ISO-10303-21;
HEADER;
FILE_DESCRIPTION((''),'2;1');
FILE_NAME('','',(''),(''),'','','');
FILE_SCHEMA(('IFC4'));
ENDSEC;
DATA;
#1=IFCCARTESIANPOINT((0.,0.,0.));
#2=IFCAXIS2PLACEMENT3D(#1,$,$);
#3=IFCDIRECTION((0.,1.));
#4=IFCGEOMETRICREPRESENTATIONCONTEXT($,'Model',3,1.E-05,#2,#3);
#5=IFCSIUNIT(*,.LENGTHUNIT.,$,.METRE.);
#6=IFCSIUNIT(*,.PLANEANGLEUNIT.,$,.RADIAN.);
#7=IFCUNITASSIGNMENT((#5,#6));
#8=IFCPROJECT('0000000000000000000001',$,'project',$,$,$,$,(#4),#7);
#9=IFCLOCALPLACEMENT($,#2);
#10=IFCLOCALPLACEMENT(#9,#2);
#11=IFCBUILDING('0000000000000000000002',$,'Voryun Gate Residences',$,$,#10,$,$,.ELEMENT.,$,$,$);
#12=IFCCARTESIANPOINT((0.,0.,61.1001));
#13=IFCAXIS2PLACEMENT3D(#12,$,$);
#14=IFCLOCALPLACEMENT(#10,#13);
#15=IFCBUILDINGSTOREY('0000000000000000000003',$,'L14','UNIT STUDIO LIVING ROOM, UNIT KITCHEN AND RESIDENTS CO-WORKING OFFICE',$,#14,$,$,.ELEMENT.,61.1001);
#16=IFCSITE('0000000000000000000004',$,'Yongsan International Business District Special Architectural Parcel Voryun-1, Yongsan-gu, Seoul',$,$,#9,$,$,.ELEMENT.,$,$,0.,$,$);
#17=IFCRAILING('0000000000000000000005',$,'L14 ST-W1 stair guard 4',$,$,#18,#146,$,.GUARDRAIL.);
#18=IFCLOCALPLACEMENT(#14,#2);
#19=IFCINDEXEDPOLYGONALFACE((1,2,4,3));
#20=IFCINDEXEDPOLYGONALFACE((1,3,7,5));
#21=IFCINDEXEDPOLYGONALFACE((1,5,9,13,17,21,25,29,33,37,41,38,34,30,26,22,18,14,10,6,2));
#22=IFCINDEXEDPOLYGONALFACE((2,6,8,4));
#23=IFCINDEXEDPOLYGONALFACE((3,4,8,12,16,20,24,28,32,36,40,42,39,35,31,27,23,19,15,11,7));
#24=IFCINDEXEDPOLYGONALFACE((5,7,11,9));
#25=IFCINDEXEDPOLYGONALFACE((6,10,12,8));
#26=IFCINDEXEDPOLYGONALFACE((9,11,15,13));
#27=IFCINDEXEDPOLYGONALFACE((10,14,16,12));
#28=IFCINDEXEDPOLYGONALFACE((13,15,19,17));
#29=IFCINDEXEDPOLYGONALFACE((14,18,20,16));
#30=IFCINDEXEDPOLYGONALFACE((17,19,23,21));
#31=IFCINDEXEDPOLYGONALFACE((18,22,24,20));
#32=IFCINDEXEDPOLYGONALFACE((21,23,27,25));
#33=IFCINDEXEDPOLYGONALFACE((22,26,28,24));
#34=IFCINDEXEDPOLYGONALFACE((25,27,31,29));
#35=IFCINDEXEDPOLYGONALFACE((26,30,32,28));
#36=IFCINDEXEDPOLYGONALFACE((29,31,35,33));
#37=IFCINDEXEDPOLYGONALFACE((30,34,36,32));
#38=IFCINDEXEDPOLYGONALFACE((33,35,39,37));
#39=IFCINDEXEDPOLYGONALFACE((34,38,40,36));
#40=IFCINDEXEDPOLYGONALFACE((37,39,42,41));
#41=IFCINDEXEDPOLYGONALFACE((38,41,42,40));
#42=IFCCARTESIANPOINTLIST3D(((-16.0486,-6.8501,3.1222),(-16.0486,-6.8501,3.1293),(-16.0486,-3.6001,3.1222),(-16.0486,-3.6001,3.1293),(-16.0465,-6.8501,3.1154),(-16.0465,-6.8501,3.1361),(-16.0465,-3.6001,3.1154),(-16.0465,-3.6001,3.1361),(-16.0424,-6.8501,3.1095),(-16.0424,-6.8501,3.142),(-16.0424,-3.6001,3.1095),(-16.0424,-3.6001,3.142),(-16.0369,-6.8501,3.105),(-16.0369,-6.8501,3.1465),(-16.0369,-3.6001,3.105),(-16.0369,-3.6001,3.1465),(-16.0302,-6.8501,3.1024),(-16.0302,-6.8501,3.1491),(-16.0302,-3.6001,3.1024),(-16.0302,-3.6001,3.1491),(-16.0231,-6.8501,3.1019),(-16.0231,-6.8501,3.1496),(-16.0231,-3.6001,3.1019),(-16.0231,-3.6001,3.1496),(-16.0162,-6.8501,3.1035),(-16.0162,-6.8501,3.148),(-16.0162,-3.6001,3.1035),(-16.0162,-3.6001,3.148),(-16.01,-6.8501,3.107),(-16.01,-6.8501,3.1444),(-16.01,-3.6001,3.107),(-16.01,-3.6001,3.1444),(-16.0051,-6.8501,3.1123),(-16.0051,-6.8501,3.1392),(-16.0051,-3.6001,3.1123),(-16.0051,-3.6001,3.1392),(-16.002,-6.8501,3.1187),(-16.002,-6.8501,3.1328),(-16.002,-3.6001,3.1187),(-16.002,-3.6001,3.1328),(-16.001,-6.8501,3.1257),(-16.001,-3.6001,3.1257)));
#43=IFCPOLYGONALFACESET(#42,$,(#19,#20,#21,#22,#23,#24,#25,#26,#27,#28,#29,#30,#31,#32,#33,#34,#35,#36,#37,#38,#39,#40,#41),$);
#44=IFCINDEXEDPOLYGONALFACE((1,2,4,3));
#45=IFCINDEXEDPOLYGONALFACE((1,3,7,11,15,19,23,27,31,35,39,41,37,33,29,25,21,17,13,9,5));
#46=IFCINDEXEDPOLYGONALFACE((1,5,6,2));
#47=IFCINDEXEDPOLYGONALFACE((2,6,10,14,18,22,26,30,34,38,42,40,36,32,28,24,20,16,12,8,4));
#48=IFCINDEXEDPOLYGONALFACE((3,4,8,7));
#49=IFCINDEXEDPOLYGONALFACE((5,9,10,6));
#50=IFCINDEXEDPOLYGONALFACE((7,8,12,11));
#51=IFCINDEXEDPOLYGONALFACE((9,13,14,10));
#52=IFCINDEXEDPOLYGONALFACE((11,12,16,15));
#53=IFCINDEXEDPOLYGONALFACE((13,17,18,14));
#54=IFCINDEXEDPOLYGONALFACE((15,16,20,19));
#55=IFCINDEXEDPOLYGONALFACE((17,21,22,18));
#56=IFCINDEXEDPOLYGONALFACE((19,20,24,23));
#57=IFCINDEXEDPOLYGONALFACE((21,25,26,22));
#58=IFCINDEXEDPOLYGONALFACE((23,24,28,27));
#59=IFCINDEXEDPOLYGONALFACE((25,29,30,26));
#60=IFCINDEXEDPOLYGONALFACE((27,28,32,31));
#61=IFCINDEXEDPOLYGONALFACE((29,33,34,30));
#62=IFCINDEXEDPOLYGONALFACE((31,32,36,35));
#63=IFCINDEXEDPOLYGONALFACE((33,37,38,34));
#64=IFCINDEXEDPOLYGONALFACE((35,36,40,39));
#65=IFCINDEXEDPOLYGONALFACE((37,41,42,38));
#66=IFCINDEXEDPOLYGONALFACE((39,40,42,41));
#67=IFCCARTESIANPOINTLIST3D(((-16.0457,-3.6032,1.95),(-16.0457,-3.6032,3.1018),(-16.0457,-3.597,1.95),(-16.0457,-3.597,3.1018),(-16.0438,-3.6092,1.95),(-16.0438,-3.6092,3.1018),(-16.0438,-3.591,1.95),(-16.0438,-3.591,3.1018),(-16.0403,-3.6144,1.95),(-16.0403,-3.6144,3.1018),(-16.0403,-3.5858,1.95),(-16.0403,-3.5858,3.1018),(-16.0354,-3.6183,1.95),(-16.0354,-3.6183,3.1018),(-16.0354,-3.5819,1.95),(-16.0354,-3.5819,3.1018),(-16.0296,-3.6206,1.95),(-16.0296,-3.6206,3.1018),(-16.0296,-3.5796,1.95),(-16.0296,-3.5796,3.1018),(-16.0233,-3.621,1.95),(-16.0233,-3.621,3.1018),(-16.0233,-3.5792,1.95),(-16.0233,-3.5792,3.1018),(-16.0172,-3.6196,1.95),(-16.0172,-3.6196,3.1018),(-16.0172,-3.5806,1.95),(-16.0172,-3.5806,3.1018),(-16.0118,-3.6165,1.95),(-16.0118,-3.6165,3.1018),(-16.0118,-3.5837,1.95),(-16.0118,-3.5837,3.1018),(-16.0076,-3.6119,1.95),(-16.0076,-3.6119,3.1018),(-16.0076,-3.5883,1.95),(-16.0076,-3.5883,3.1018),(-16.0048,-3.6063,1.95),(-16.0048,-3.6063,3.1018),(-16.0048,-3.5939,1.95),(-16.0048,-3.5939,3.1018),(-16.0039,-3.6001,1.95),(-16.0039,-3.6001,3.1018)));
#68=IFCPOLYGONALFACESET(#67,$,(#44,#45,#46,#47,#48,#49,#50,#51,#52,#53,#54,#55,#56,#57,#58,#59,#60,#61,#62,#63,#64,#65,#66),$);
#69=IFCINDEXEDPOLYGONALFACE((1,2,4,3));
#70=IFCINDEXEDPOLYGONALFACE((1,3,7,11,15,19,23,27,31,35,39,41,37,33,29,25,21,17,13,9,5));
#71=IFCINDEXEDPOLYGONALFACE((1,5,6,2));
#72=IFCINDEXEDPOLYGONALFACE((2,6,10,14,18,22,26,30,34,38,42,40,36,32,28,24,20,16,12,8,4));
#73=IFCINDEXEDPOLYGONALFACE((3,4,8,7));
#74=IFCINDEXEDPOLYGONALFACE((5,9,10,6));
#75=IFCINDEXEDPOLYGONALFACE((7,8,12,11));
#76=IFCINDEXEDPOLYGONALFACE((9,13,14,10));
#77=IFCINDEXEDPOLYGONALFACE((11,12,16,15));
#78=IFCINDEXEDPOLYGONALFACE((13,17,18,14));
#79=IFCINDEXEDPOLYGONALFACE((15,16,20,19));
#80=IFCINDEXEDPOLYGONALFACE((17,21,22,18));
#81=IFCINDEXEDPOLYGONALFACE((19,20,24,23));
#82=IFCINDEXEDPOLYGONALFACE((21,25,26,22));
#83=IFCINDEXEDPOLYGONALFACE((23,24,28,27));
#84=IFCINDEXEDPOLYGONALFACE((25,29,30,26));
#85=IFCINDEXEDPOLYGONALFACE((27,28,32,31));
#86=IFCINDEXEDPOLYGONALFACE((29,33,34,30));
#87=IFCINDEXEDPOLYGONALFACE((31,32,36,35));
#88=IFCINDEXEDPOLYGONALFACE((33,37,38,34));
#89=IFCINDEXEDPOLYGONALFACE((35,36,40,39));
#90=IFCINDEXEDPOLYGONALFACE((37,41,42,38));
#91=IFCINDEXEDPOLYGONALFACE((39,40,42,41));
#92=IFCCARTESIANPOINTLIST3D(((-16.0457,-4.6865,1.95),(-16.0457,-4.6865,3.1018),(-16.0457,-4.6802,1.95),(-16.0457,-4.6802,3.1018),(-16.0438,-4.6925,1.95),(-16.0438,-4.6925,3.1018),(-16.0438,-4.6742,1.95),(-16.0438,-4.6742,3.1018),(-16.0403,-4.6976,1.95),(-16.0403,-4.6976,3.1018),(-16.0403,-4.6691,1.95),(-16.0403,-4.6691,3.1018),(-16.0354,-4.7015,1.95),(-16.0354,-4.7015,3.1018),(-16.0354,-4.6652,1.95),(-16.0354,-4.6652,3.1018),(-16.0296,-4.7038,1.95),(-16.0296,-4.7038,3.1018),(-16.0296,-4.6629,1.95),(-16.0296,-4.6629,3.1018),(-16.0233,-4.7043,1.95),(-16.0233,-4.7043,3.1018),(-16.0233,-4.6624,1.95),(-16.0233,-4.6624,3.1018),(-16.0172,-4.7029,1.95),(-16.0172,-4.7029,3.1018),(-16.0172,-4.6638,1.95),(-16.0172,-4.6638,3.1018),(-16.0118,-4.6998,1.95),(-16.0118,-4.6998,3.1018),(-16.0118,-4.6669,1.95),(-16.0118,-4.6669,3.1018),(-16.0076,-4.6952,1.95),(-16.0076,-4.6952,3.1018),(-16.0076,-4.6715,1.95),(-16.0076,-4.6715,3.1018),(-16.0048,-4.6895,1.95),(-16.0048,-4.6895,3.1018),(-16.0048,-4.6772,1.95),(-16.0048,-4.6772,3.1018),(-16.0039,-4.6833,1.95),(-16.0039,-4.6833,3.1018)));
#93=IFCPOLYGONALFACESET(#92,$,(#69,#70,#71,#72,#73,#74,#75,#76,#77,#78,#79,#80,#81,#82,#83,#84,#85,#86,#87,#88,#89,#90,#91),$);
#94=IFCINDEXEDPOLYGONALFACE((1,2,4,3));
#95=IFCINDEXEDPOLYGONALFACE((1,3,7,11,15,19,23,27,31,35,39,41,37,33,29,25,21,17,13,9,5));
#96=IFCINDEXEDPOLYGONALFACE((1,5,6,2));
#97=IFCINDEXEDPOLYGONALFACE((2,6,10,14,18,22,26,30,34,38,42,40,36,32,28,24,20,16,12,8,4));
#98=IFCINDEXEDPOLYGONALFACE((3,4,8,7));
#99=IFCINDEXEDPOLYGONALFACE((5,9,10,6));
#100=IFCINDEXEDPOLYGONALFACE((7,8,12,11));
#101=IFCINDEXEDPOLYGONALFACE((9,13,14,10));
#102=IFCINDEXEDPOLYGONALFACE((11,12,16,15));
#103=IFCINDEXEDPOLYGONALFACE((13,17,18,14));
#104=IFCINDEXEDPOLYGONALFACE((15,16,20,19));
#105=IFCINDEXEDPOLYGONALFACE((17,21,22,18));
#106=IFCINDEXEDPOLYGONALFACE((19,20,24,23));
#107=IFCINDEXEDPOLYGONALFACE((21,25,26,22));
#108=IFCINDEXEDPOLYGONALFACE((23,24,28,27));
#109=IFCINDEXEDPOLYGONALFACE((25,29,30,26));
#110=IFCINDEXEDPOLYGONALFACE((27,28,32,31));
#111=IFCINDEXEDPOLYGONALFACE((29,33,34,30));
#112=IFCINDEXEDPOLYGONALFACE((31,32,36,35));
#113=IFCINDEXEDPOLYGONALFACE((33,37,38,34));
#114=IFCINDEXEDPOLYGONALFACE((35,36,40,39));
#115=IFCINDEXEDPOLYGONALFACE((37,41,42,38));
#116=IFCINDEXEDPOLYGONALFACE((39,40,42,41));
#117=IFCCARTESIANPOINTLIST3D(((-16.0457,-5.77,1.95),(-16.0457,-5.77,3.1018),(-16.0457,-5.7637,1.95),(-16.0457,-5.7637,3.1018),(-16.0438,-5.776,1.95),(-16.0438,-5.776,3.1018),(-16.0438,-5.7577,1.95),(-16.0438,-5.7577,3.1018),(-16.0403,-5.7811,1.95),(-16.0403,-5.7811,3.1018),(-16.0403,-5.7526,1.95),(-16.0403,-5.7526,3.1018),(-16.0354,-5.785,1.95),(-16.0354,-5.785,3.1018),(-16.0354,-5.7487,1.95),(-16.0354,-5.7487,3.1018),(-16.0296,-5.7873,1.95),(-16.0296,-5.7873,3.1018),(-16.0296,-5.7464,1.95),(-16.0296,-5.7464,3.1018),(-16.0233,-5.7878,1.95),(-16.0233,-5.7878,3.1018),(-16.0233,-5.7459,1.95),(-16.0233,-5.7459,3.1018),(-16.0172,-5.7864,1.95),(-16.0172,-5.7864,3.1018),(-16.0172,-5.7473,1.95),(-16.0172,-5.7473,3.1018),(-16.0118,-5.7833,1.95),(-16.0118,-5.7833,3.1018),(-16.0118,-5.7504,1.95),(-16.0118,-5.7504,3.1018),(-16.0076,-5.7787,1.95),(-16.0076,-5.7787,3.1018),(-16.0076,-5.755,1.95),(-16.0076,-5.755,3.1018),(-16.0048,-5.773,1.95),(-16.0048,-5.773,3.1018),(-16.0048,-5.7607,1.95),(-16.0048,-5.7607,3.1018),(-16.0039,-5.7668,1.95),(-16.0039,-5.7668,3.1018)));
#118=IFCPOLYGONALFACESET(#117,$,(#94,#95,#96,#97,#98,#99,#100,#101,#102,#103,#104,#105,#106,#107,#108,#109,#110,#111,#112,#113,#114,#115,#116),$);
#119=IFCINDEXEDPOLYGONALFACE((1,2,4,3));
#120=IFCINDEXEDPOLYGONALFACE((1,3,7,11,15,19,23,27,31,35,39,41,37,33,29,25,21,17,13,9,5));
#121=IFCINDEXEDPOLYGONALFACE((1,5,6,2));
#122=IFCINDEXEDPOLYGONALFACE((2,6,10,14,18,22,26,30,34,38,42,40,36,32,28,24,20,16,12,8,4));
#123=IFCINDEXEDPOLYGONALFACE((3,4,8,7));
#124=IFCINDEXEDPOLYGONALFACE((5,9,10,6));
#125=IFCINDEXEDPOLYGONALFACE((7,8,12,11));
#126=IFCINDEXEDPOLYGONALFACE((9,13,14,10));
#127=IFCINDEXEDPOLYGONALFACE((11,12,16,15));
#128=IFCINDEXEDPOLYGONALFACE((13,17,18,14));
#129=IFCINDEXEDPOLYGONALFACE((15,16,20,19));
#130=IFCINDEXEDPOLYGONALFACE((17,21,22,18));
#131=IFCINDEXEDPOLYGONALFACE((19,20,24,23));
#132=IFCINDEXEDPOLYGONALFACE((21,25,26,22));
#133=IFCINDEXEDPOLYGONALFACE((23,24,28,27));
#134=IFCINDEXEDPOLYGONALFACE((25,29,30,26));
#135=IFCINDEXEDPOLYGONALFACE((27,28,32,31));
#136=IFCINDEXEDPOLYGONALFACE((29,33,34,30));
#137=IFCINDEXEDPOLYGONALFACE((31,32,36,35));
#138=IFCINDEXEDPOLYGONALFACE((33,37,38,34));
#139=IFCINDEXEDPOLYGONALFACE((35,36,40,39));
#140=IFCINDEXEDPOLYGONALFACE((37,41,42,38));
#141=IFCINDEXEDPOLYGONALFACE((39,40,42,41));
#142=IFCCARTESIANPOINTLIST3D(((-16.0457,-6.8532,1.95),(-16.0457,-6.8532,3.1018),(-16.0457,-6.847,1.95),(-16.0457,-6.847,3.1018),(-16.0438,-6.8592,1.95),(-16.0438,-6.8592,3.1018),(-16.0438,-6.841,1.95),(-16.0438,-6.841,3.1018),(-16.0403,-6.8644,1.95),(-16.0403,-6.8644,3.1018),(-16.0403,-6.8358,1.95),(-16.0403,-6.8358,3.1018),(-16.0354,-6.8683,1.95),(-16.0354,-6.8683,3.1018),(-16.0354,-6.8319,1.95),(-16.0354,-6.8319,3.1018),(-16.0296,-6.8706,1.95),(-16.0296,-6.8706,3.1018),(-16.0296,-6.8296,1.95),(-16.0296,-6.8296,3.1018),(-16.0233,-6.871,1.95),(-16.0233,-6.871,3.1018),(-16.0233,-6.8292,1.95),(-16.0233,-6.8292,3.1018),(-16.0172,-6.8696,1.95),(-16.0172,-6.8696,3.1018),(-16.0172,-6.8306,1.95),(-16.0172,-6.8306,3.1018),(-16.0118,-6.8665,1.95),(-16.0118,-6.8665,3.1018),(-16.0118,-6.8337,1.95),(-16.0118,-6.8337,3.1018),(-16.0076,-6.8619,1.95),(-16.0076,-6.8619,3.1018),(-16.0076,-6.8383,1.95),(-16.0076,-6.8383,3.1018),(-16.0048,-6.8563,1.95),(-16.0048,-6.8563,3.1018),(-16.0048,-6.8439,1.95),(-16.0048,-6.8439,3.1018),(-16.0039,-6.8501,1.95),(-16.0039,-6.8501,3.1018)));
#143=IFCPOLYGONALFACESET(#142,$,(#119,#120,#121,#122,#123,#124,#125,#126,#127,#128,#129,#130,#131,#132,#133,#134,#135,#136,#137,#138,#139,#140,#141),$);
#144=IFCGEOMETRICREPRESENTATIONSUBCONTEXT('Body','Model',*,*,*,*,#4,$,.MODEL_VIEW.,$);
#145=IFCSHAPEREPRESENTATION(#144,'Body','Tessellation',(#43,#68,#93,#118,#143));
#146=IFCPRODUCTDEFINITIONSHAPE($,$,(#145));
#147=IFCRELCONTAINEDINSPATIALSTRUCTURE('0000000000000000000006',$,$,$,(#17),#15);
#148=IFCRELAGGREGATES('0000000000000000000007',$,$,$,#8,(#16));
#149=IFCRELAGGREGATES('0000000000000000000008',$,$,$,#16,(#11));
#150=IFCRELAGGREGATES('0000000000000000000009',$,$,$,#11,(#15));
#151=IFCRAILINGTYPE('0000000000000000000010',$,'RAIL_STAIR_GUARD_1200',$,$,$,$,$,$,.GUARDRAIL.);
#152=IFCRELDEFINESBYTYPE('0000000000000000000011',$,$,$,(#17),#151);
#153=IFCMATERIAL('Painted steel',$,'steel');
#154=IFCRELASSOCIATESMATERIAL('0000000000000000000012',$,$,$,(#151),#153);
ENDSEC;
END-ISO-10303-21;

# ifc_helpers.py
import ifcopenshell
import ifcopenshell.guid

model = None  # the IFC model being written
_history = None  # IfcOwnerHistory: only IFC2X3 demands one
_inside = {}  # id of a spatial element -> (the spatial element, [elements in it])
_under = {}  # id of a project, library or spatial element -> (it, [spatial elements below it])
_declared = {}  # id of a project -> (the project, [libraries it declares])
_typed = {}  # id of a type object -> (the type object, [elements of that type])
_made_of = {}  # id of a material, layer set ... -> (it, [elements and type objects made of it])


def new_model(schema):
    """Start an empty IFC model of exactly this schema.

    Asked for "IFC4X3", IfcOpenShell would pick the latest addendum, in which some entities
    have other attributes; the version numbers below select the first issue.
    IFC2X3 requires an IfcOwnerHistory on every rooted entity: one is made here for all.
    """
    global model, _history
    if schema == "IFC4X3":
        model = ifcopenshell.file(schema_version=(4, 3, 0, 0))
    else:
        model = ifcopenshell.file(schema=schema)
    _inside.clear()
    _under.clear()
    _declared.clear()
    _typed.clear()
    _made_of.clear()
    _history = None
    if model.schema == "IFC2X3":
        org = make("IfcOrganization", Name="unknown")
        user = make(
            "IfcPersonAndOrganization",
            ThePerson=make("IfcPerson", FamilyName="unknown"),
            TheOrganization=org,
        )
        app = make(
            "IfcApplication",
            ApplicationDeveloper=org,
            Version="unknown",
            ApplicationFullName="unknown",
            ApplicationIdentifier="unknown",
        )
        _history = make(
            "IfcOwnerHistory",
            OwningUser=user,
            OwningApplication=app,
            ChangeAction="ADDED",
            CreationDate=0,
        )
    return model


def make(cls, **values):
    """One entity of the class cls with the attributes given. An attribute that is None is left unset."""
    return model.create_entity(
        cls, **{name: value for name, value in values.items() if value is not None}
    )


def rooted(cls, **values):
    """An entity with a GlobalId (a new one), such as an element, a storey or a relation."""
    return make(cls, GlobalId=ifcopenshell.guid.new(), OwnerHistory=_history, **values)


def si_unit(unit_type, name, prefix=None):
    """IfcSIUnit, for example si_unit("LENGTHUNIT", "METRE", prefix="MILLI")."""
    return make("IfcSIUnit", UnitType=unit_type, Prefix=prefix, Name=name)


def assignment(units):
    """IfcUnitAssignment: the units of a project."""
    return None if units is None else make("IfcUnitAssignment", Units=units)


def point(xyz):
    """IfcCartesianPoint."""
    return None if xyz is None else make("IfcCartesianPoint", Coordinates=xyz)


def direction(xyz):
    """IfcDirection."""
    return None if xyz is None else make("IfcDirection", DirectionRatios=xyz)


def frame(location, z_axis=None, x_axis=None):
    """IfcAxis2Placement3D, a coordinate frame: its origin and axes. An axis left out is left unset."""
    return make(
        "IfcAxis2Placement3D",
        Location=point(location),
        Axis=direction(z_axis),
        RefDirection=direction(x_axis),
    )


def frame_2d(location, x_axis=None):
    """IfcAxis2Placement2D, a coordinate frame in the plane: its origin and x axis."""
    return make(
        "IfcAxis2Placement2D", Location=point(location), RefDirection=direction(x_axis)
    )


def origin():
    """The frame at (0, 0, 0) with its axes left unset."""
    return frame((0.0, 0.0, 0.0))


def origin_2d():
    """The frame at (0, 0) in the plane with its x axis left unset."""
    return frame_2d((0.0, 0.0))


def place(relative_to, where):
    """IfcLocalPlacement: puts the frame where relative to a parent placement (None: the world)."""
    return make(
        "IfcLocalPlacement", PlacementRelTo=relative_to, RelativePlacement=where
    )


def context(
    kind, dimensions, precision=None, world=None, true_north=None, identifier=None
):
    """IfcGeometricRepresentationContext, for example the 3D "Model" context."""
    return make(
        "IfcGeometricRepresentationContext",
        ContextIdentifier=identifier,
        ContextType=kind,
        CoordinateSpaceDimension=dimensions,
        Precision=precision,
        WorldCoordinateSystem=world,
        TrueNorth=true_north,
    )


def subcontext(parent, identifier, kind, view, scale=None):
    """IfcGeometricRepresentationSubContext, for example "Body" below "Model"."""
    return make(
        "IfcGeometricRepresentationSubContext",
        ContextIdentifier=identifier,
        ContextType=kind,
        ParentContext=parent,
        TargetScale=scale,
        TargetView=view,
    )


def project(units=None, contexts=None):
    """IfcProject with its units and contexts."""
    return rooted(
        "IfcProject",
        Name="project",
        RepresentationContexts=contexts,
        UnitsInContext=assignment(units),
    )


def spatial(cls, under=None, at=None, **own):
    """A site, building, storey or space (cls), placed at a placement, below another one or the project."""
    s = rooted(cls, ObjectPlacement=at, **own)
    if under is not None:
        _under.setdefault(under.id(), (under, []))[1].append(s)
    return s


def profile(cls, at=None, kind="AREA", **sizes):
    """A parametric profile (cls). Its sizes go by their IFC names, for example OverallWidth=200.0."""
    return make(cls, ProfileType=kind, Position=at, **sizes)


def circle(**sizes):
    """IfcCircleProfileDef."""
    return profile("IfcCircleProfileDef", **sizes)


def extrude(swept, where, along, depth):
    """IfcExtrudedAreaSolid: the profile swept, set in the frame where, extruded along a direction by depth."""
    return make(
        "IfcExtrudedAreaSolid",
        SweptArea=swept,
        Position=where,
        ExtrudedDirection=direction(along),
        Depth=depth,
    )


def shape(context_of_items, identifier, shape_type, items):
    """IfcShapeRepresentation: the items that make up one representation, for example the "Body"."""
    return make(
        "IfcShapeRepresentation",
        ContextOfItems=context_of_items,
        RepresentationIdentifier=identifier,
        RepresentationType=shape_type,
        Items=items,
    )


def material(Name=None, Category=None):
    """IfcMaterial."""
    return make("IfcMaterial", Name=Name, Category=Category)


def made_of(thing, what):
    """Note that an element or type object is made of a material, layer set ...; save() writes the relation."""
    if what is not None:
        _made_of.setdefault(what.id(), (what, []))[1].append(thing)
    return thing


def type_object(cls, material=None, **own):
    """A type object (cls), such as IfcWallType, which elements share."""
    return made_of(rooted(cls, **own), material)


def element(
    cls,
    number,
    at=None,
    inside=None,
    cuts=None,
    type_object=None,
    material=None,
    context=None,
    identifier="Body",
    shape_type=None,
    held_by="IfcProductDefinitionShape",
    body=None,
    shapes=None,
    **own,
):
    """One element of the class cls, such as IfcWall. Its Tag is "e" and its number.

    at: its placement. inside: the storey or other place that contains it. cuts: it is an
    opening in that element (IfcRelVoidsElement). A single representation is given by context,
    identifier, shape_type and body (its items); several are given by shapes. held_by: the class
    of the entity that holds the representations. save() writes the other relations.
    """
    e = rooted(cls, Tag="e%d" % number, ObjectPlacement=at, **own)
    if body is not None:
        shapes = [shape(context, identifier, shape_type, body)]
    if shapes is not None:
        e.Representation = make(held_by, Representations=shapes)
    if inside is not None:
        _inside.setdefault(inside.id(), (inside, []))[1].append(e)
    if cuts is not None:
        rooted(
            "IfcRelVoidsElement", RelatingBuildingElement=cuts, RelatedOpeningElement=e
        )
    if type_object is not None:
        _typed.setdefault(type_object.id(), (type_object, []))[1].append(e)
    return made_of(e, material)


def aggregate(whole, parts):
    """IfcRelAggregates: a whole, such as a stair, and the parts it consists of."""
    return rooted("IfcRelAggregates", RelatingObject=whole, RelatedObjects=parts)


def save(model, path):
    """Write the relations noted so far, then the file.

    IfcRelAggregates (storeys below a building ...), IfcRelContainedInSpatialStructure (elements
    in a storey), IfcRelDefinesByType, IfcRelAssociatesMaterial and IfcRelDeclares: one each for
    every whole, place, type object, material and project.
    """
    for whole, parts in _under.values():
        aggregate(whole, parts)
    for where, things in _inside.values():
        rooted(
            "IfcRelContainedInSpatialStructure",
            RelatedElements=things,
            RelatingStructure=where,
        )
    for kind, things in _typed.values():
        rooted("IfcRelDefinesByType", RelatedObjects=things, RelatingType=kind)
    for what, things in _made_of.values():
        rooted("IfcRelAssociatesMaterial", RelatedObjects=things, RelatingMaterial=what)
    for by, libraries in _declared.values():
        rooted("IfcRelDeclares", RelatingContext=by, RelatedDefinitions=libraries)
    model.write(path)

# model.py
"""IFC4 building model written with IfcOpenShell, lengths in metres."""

from ifc_helpers import new_model, si_unit, direction, frame, origin, origin_2d, place, context, subcontext, project, spatial, circle, extrude, material, type_object, element, save


model = new_model("IFC4")

# Units and contexts
model_context = context("Model", 3, precision=1e-05, world=origin(), true_north=direction((0.0, 1.0)))
body_context = subcontext(model_context, "Body", "Model", "MODEL_VIEW")
ifc_project = project(units=[si_unit("LENGTHUNIT", "METRE"), si_unit("PLANEANGLEUNIT", "RADIAN")], contexts=[model_context])

# Site, building, storey
site_placement = place(None, origin())
site = spatial("IfcSite", under=ifc_project, at=site_placement, Name="Yongsan International Business District Special Architectural Parcel Voryun-1, Yongsan-gu, Seoul", CompositionType="ELEMENT", RefElevation=0.0)
building_placement = place(site_placement, origin())
building = spatial("IfcBuilding", under=site, at=building_placement, Name="Voryun Gate Residences", CompositionType="ELEMENT")
storey_placement = place(building_placement, frame((0.0, 0.0, 61.1001)))
storey = spatial("IfcBuildingStorey", under=building, at=storey_placement, Name="L14", Description="UNIT STUDIO LIVING ROOM, UNIT KITCHEN AND RESIDENTS CO-WORKING OFFICE", CompositionType="ELEMENT", Elevation=61.1001)

# Railing
ifc_material_1 = material(Name="Painted steel", Category="steel")
railing_type_1 = type_object("IfcRailingType", Name="RAIL_STAIR_GUARD_1200", PredefinedType="GUARDRAIL", material=ifc_material_1)
railing_1_placement = place(storey_placement, frame((-16.0249, -3.6001, 1.95)))
element("IfcRailing", 1, at=railing_1_placement, inside=storey, type_object=railing_type_1, Name="L14 ST-W1 stair guard 4", PredefinedType="GUARDRAIL", context=body_context, shape_type="SweptSolid", body=[
    extrude(circle(Radius=0.0239, at=origin_2d()), frame((0.0, 0.0, 1.1758), z_axis=(0.0, -1.0, 0.0), x_axis=(1.0, 0.0, 0.0)), (0.0, 0.0, 1.0), 3.25),
    extrude(circle(Radius=0.021, at=origin_2d()), origin(), (0.0, 0.0, 1.0), 1.1519),
    extrude(circle(Radius=0.021, at=origin_2d()), frame((0.0, -1.0833, 0.0)), (0.0, 0.0, 1.0), 1.1519),
    extrude(circle(Radius=0.021, at=origin_2d()), frame((0.0, -2.1667, 0.0)), (0.0, 0.0, 1.0), 1.1519),
    extrude(circle(Radius=0.021, at=origin_2d()), frame((0.0, -3.25, 0.0)), (0.0, 0.0, 1.0), 1.1519),
])

save(model, "model.ifc")
